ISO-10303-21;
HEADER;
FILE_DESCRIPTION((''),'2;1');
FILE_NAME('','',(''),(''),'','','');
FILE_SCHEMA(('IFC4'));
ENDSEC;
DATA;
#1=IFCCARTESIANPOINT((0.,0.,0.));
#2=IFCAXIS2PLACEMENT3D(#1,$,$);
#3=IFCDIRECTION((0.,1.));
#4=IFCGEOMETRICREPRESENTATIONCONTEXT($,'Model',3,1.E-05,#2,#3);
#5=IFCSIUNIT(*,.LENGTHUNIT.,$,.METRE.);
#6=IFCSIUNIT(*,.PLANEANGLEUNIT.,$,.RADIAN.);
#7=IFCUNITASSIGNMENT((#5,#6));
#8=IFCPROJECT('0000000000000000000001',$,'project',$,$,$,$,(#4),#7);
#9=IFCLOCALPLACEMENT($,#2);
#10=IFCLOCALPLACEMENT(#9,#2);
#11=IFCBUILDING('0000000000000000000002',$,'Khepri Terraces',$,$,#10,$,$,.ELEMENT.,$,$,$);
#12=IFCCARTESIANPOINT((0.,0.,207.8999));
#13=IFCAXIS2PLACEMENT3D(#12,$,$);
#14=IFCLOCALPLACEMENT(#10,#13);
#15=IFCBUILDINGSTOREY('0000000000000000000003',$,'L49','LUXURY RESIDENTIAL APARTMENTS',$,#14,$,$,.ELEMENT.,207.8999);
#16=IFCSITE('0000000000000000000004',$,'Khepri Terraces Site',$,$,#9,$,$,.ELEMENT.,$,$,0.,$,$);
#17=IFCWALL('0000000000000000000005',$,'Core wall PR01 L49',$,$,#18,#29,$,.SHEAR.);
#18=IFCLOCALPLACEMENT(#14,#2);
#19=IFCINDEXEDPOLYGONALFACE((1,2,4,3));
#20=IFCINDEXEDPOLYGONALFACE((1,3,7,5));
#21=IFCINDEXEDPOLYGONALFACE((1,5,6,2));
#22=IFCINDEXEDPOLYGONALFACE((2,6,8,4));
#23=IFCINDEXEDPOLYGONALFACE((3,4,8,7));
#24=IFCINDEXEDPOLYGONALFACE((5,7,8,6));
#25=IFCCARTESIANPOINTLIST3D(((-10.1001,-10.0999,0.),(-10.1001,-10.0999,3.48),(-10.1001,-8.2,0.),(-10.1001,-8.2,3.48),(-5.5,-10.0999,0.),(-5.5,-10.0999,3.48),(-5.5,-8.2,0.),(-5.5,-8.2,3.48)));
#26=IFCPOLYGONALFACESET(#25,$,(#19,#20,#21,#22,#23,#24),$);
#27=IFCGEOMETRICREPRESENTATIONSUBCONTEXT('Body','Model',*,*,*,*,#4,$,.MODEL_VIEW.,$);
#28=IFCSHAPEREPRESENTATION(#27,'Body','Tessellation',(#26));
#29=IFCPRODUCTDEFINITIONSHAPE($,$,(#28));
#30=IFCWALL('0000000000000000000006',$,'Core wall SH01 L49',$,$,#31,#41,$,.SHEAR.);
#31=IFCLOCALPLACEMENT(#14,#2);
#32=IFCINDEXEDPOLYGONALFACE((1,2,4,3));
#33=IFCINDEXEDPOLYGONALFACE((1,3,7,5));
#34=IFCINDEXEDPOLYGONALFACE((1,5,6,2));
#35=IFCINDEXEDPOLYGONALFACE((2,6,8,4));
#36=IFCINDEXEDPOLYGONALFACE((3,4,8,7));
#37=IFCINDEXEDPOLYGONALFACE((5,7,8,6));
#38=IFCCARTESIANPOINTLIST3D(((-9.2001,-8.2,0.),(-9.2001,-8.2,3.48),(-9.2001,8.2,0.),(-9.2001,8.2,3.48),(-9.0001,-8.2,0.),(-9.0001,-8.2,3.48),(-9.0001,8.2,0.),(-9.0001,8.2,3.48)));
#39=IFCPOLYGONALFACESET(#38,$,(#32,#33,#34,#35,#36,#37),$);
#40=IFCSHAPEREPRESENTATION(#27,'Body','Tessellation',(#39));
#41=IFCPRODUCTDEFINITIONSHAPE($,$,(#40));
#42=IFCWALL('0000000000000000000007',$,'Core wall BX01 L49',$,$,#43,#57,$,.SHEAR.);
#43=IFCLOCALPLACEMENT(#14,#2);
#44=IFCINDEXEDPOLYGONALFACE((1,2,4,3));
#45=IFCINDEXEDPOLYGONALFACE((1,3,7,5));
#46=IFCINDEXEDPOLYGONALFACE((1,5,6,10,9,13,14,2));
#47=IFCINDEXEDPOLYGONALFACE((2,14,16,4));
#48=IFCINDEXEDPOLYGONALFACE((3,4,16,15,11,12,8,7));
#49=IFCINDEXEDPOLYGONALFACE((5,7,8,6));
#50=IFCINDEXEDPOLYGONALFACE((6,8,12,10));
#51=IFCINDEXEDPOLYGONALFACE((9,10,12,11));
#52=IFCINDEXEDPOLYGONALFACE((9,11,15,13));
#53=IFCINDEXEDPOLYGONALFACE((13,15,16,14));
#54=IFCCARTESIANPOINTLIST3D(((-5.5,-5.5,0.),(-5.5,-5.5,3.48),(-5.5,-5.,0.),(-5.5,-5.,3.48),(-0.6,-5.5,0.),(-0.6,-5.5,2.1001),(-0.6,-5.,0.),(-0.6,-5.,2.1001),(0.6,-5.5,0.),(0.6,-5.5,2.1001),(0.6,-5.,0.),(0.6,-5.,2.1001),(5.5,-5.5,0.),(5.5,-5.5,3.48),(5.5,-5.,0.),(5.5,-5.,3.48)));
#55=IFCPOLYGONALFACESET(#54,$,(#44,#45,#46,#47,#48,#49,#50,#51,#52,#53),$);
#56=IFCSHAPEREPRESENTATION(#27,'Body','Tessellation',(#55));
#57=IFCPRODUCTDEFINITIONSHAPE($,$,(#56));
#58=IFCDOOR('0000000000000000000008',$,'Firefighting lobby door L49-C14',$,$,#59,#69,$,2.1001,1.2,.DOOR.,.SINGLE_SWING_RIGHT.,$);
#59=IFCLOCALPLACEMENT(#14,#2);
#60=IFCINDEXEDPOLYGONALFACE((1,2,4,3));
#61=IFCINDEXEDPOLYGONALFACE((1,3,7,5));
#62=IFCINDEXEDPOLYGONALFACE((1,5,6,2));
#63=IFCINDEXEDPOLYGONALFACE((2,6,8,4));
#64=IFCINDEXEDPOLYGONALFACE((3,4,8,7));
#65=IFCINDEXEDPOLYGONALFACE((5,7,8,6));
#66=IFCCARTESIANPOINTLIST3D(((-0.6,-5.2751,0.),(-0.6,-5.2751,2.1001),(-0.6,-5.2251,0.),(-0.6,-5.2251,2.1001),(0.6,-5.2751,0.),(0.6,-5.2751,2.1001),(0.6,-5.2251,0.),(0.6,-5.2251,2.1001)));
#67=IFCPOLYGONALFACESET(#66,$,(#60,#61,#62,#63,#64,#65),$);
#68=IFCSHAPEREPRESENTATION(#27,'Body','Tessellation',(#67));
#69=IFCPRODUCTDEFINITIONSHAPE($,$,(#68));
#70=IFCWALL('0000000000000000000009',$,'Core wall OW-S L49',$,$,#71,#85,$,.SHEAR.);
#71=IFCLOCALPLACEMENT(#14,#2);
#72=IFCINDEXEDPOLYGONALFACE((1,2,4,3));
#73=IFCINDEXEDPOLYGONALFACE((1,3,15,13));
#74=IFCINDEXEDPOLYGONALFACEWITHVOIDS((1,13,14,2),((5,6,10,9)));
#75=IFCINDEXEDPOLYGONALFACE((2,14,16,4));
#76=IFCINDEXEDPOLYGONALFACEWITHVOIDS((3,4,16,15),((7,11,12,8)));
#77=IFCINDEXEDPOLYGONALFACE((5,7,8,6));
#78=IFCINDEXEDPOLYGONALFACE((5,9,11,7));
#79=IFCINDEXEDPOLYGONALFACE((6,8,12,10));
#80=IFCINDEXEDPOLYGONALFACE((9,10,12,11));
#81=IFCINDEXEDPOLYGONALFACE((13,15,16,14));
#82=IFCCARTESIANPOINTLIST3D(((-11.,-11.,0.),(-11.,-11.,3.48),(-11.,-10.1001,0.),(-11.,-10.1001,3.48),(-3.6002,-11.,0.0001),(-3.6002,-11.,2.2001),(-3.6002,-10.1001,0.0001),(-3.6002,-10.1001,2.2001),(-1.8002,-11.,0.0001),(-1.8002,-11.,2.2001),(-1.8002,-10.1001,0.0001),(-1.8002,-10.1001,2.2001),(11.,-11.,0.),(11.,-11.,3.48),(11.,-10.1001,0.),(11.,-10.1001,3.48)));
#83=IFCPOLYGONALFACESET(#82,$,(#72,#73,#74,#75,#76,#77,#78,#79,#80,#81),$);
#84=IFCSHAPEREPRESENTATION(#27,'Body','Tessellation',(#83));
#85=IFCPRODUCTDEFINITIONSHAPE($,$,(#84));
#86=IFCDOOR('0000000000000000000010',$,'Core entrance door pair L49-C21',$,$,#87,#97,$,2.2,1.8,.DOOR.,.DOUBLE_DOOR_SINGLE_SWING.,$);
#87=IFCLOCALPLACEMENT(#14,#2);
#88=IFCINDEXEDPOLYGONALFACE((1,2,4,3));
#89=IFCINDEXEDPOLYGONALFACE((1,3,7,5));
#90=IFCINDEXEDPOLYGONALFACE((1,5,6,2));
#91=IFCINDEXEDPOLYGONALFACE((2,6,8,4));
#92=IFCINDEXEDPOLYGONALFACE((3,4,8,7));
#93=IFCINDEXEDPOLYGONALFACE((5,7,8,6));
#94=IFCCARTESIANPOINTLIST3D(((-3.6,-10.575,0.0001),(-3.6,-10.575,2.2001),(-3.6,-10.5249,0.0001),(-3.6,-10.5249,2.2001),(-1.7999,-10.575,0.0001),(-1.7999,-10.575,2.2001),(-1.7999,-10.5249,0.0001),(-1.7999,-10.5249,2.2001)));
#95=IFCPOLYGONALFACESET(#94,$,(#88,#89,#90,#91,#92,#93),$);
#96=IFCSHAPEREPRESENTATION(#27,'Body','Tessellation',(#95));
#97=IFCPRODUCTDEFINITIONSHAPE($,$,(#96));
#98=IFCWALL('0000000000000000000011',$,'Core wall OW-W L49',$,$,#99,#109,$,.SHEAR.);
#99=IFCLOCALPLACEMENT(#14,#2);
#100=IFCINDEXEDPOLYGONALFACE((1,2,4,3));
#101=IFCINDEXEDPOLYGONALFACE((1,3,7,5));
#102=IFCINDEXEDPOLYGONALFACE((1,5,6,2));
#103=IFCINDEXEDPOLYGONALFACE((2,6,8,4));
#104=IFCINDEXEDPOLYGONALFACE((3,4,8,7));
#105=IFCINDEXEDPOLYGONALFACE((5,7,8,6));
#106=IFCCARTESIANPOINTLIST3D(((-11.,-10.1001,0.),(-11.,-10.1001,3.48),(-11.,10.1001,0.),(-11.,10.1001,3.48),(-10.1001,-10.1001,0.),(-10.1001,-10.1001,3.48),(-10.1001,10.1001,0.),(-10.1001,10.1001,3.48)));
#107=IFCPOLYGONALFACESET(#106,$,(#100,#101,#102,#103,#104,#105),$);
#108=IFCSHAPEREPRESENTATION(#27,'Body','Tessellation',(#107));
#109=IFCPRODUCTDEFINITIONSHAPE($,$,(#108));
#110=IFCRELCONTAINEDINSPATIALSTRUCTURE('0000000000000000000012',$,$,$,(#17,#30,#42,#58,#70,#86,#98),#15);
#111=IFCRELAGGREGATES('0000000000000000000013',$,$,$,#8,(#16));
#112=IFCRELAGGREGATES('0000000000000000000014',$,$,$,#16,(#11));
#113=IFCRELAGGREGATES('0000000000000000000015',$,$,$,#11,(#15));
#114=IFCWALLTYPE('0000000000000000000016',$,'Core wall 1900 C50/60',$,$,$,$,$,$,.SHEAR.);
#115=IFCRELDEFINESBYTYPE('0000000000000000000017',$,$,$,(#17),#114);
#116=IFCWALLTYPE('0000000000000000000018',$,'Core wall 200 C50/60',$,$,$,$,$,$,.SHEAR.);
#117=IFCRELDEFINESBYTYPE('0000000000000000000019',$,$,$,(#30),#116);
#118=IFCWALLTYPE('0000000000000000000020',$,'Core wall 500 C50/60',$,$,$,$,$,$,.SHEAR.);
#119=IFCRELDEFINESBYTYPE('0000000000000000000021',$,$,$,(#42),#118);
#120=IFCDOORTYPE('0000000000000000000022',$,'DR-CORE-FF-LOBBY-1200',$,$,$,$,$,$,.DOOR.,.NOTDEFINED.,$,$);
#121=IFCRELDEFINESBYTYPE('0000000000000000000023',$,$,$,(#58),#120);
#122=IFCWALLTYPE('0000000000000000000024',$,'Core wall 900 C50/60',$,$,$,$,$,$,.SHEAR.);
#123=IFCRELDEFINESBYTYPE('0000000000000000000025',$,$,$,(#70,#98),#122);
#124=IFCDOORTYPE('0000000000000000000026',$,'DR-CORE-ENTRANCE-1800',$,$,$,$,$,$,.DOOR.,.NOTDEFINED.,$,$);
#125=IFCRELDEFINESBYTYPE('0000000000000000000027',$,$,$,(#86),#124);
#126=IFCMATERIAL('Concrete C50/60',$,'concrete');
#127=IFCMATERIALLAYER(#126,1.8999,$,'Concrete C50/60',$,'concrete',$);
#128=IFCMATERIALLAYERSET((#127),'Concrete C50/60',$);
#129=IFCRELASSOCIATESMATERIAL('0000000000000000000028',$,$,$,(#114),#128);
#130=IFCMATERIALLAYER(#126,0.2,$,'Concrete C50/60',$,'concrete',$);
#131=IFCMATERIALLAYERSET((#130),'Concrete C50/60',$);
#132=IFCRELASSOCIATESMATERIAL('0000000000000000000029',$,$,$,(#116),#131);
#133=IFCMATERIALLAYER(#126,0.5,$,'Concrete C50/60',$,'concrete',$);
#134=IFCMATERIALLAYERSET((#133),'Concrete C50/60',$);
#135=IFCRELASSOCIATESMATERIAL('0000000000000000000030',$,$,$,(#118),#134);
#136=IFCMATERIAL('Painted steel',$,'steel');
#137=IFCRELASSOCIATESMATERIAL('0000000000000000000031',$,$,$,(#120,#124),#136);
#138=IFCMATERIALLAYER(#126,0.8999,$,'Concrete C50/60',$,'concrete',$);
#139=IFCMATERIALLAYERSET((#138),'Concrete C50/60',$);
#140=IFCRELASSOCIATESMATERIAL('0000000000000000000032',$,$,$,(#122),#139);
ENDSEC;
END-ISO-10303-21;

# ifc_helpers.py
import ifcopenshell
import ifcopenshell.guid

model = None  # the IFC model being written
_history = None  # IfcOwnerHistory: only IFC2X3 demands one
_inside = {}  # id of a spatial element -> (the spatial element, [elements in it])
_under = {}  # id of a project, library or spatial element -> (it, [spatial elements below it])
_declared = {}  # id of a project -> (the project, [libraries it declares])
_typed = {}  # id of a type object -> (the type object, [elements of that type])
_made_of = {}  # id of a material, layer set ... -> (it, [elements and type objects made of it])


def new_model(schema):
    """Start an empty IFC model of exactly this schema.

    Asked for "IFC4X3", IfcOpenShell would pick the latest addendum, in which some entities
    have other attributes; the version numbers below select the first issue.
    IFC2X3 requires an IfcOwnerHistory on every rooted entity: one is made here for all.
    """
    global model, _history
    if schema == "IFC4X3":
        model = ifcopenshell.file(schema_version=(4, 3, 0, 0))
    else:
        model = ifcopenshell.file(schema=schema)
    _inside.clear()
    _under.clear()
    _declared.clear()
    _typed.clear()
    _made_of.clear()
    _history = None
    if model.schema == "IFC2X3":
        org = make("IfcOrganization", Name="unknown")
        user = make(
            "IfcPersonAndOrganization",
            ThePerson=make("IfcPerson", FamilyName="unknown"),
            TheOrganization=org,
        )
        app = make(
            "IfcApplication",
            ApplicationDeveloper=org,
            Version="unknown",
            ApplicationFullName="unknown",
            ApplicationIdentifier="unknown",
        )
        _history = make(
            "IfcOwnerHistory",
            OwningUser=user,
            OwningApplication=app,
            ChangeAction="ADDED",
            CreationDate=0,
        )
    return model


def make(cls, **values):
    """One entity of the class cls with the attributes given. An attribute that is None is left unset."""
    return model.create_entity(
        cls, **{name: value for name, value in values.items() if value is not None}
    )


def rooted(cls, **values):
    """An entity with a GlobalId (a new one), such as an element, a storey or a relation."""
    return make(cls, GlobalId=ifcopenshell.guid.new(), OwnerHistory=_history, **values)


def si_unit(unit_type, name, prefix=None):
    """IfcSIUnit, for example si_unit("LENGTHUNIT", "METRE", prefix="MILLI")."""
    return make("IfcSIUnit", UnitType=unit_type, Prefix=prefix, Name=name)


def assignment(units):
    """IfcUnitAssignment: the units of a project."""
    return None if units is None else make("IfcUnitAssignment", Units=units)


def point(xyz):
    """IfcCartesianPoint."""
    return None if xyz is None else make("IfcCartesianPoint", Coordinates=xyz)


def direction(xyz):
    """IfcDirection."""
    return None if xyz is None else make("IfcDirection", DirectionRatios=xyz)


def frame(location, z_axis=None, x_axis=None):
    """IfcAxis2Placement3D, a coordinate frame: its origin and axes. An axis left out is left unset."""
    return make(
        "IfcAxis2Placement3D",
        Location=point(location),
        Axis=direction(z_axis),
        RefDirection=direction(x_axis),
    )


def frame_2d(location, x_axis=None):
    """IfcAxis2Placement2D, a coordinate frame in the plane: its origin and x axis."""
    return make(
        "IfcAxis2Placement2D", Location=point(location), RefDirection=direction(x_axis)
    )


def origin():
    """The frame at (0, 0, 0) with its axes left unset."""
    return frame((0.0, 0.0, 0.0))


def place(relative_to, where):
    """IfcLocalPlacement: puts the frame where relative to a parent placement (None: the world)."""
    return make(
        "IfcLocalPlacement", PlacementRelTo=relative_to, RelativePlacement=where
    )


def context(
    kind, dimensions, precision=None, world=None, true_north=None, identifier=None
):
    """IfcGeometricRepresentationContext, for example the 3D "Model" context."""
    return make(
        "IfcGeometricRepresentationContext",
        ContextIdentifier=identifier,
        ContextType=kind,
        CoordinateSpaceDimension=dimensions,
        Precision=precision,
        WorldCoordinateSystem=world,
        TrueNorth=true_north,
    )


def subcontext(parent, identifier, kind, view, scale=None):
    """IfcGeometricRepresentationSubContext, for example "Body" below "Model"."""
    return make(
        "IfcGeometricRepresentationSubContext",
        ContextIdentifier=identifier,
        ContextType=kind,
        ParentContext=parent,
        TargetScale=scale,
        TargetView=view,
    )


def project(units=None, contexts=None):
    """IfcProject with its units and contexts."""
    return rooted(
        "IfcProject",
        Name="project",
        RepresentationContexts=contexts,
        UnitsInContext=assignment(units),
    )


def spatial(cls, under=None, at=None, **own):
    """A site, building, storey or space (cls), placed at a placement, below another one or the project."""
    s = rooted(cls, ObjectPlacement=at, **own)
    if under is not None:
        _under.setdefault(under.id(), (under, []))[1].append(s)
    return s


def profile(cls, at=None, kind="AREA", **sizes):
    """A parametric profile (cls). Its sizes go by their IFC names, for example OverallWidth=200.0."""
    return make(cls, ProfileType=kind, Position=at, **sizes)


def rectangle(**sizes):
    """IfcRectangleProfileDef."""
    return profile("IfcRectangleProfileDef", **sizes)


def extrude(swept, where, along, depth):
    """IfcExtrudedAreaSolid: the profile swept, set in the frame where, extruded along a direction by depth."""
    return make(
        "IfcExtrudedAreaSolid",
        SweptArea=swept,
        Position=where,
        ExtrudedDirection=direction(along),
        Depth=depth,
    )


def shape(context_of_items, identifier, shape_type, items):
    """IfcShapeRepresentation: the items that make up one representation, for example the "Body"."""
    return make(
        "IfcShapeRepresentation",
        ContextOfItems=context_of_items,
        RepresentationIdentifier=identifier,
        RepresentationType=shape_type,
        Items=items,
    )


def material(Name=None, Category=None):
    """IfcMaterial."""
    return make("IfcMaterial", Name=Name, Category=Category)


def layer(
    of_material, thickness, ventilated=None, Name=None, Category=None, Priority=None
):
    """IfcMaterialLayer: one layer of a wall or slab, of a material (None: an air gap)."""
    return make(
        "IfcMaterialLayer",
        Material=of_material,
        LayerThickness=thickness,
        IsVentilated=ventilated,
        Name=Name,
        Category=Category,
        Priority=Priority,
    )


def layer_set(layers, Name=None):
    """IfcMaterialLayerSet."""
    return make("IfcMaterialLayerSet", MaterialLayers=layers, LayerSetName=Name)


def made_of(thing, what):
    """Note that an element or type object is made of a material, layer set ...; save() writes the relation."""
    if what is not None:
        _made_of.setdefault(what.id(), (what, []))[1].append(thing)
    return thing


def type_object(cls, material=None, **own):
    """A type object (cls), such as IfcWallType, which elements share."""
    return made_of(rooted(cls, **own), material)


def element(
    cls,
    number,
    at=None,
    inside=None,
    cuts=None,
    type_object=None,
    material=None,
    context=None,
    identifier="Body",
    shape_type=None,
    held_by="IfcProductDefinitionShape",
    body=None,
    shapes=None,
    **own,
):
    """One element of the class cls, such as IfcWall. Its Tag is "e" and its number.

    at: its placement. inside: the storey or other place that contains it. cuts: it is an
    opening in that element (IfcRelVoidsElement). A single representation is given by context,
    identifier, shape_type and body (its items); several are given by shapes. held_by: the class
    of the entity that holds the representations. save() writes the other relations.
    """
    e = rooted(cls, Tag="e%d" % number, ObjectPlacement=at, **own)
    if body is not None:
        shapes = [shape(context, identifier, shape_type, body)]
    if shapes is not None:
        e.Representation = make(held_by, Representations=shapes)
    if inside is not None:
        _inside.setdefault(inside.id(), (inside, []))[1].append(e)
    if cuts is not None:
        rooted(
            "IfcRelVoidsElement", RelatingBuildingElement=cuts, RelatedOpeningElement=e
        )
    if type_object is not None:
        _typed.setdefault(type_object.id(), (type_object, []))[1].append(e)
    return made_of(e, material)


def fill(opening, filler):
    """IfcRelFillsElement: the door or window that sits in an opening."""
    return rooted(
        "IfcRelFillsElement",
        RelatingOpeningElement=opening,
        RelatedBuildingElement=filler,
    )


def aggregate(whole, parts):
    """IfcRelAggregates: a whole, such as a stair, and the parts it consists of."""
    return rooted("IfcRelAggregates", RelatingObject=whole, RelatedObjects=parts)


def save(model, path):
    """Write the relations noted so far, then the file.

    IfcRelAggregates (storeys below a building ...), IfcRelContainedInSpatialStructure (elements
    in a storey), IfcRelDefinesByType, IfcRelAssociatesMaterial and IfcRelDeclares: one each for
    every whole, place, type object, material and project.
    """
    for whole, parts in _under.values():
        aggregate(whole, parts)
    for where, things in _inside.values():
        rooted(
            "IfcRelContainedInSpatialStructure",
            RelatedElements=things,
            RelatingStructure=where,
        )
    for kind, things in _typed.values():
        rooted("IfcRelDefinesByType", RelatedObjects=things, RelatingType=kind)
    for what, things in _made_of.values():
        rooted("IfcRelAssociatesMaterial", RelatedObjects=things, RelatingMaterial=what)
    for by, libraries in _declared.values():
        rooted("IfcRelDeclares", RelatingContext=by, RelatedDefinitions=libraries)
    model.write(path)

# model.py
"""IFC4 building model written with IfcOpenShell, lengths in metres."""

from ifc_helpers import new_model, si_unit, direction, frame, frame_2d, origin, place, context, subcontext, project, spatial, rectangle, extrude, material, layer, layer_set, type_object, element, fill, save


model = new_model("IFC4")

# Units and contexts
model_context = context("Model", 3, precision=1e-05, world=origin(), true_north=direction((0.0, 1.0)))
body_context = subcontext(model_context, "Body", "Model", "MODEL_VIEW")
ifc_project = project(units=[si_unit("LENGTHUNIT", "METRE"), si_unit("PLANEANGLEUNIT", "RADIAN")], contexts=[model_context])

# Site, building, storey
site_placement = place(None, origin())
site = spatial("IfcSite", under=ifc_project, at=site_placement, Name="Khepri Terraces Site", CompositionType="ELEMENT", RefElevation=0.0)
building_placement = place(site_placement, origin())
building = spatial("IfcBuilding", under=site, at=building_placement, Name="Khepri Terraces", CompositionType="ELEMENT")
storey_placement = place(building_placement, frame((0.0, 0.0, 207.8999)))
storey = spatial("IfcBuildingStorey", under=building, at=storey_placement, Name="L49", Description="LUXURY RESIDENTIAL APARTMENTS", CompositionType="ELEMENT", Elevation=207.8999)

# Walls
ifc_material_1 = material(Name="Concrete C50/60", Category="concrete")
ifc_layer_1 = layer(ifc_material_1, 1.8999, Name="Concrete C50/60", Category="concrete")
ifc_layer_set_1 = layer_set([ifc_layer_1], Name="Concrete C50/60")
wall_type_1 = type_object("IfcWallType", Name="Core wall 1900 C50/60", PredefinedType="SHEAR", material=ifc_layer_set_1)
wall_1_placement = place(storey_placement, frame((-10.1001, -9.1499, 0.0), z_axis=(0.0, 0.0, 1.0), x_axis=(1.0, 0.0, 0.0)))
element("IfcWall", 1, at=wall_1_placement, inside=storey, type_object=wall_type_1, Name="Core wall PR01 L49", PredefinedType="SHEAR", context=body_context, shape_type="SweptSolid", body=[
    extrude(rectangle(XDim=4.6001, YDim=1.8999, at=frame_2d((2.3, 0.0))), origin(), (0.0, 0.0, 1.0), 3.48),
])
ifc_layer_2 = layer(ifc_material_1, 0.2, Name="Concrete C50/60", Category="concrete")
ifc_layer_set_2 = layer_set([ifc_layer_2], Name="Concrete C50/60")
wall_type_2 = type_object("IfcWallType", Name="Core wall 200 C50/60", PredefinedType="SHEAR", material=ifc_layer_set_2)
wall_2_placement = place(storey_placement, frame((-9.1001, -8.2, 0.0), z_axis=(0.0, 0.0, 1.0), x_axis=(0.0, 1.0, 0.0)))
element("IfcWall", 2, at=wall_2_placement, inside=storey, type_object=wall_type_2, Name="Core wall SH01 L49", PredefinedType="SHEAR", context=body_context, shape_type="SweptSolid", body=[
    extrude(rectangle(XDim=16.3999, YDim=0.2, at=frame_2d((8.2, 0.0))), origin(), (0.0, 0.0, 1.0), 3.48),
])

# Walls, openings, doors
ifc_layer_3 = layer(ifc_material_1, 0.5, Name="Concrete C50/60", Category="concrete")
ifc_layer_set_3 = layer_set([ifc_layer_3], Name="Concrete C50/60")
wall_type_3 = type_object("IfcWallType", Name="Core wall 500 C50/60", PredefinedType="SHEAR", material=ifc_layer_set_3)
wall_3_placement = place(storey_placement, frame((-5.5, -5.25, 0.0), z_axis=(0.0, 0.0, 1.0), x_axis=(1.0, 0.0, 0.0)))
wall_3 = element("IfcWall", 3, at=wall_3_placement, inside=storey, type_object=wall_type_3, Name="Core wall BX01 L49", PredefinedType="SHEAR", context=body_context, shape_type="SweptSolid", body=[
    extrude(rectangle(XDim=11.0, YDim=0.5, at=frame_2d((5.5, 0.0))), origin(), (0.0, 0.0, 1.0), 3.48),
])
opening_1_placement = place(wall_3_placement, frame((4.8999, 0.0, 0.0)))
opening_1 = element("IfcOpeningElement", 4, at=opening_1_placement, cuts=wall_3, PredefinedType="OPENING", context=body_context, shape_type="SweptSolid", body=[
    extrude(rectangle(XDim=1.2, YDim=2.1001, at=frame_2d((0.6001, 1.05))), frame((0.0, 0.26, 0.0), z_axis=(0.0, -1.0, 0.0), x_axis=(1.0, 0.0, 0.0)), (0.0, 0.0, 1.0), 0.52),
])
ifc_material_2 = material(Name="Painted steel", Category="steel")
door_type_1 = type_object("IfcDoorType", Name="DR-CORE-FF-LOBBY-1200", OperationType="NOTDEFINED", PredefinedType="DOOR", material=ifc_material_2)
door_1_placement = place(opening_1_placement, origin())
door_1 = element("IfcDoor", 5, at=door_1_placement, inside=storey, type_object=door_type_1, Name="Firefighting lobby door L49-C14", OperationType="SINGLE_SWING_RIGHT", OverallHeight=2.1001, OverallWidth=1.2, PredefinedType="DOOR", context=body_context, shape_type="SweptSolid", body=[
    extrude(rectangle(XDim=1.2, YDim=2.1001, at=frame_2d((0.6001, 1.05))), frame((0.0, 0.0249, 0.0), z_axis=(0.0, -1.0, 0.0), x_axis=(1.0, 0.0, 0.0)), (0.0, 0.0, 1.0), 0.05),
])
fill(opening_1, door_1)
ifc_layer_4 = layer(ifc_material_1, 0.8999, Name="Concrete C50/60", Category="concrete")
ifc_layer_set_4 = layer_set([ifc_layer_4], Name="Concrete C50/60")
wall_type_4 = type_object("IfcWallType", Name="Core wall 900 C50/60", PredefinedType="SHEAR", material=ifc_layer_set_4)
wall_4_placement = place(storey_placement, frame((-11.0, -10.55, 0.0), z_axis=(0.0, 0.0, 1.0), x_axis=(1.0, 0.0, 0.0)))
wall_4 = element("IfcWall", 6, at=wall_4_placement, inside=storey, type_object=wall_type_4, Name="Core wall OW-S L49", PredefinedType="SHEAR", context=body_context, shape_type="SweptSolid", body=[
    extrude(rectangle(XDim=22.0, YDim=0.8999, at=frame_2d((11.0, 0.0))), origin(), (0.0, 0.0, 1.0), 3.48),
])
opening_2_placement = place(wall_4_placement, frame((7.3999, 0.0, 0.0)))
opening_2 = element("IfcOpeningElement", 7, at=opening_2_placement, cuts=wall_4, PredefinedType="OPENING", context=body_context, shape_type="SweptSolid", body=[
    extrude(rectangle(XDim=1.8, YDim=2.2, at=frame_2d((0.8999, 1.1001))), frame((0.0, 0.46, 0.0), z_axis=(0.0, -1.0, 0.0), x_axis=(1.0, 0.0, 0.0)), (0.0, 0.0, 1.0), 0.9199),
])
door_type_2 = type_object("IfcDoorType", Name="DR-CORE-ENTRANCE-1800", OperationType="NOTDEFINED", PredefinedType="DOOR", material=ifc_material_2)
door_2_placement = place(opening_2_placement, frame((1.8, 0.0, 0.0), z_axis=(0.0, 0.0, 1.0), x_axis=(-1.0, 0.0, 0.0)))
door_2 = element("IfcDoor", 8, at=door_2_placement, inside=storey, type_object=door_type_2, Name="Core entrance door pair L49-C21", OperationType="DOUBLE_DOOR_SINGLE_SWING", OverallHeight=2.2, OverallWidth=1.8, PredefinedType="DOOR", context=body_context, shape_type="SweptSolid", body=[
    extrude(rectangle(XDim=1.8, YDim=2.2, at=frame_2d((0.8999, 1.1001))), frame((0.0, 0.0249, 0.0), z_axis=(0.0, -1.0, 0.0), x_axis=(1.0, 0.0, 0.0)), (0.0, 0.0, 1.0), 0.05),
])
fill(opening_2, door_2)

# Wall
wall_5_placement = place(storey_placement, frame((-10.55, -10.1001, 0.0), z_axis=(0.0, 0.0, 1.0), x_axis=(0.0, 1.0, 0.0)))
element("IfcWall", 9, at=wall_5_placement, inside=storey, type_object=wall_type_4, Name="Core wall OW-W L49", PredefinedType="SHEAR", context=body_context, shape_type="SweptSolid", body=[
    extrude(rectangle(XDim=20.2002, YDim=0.8999, at=frame_2d((10.1001, 0.0))), origin(), (0.0, 0.0, 1.0), 3.48),
])

save(model, "model.ifc")
